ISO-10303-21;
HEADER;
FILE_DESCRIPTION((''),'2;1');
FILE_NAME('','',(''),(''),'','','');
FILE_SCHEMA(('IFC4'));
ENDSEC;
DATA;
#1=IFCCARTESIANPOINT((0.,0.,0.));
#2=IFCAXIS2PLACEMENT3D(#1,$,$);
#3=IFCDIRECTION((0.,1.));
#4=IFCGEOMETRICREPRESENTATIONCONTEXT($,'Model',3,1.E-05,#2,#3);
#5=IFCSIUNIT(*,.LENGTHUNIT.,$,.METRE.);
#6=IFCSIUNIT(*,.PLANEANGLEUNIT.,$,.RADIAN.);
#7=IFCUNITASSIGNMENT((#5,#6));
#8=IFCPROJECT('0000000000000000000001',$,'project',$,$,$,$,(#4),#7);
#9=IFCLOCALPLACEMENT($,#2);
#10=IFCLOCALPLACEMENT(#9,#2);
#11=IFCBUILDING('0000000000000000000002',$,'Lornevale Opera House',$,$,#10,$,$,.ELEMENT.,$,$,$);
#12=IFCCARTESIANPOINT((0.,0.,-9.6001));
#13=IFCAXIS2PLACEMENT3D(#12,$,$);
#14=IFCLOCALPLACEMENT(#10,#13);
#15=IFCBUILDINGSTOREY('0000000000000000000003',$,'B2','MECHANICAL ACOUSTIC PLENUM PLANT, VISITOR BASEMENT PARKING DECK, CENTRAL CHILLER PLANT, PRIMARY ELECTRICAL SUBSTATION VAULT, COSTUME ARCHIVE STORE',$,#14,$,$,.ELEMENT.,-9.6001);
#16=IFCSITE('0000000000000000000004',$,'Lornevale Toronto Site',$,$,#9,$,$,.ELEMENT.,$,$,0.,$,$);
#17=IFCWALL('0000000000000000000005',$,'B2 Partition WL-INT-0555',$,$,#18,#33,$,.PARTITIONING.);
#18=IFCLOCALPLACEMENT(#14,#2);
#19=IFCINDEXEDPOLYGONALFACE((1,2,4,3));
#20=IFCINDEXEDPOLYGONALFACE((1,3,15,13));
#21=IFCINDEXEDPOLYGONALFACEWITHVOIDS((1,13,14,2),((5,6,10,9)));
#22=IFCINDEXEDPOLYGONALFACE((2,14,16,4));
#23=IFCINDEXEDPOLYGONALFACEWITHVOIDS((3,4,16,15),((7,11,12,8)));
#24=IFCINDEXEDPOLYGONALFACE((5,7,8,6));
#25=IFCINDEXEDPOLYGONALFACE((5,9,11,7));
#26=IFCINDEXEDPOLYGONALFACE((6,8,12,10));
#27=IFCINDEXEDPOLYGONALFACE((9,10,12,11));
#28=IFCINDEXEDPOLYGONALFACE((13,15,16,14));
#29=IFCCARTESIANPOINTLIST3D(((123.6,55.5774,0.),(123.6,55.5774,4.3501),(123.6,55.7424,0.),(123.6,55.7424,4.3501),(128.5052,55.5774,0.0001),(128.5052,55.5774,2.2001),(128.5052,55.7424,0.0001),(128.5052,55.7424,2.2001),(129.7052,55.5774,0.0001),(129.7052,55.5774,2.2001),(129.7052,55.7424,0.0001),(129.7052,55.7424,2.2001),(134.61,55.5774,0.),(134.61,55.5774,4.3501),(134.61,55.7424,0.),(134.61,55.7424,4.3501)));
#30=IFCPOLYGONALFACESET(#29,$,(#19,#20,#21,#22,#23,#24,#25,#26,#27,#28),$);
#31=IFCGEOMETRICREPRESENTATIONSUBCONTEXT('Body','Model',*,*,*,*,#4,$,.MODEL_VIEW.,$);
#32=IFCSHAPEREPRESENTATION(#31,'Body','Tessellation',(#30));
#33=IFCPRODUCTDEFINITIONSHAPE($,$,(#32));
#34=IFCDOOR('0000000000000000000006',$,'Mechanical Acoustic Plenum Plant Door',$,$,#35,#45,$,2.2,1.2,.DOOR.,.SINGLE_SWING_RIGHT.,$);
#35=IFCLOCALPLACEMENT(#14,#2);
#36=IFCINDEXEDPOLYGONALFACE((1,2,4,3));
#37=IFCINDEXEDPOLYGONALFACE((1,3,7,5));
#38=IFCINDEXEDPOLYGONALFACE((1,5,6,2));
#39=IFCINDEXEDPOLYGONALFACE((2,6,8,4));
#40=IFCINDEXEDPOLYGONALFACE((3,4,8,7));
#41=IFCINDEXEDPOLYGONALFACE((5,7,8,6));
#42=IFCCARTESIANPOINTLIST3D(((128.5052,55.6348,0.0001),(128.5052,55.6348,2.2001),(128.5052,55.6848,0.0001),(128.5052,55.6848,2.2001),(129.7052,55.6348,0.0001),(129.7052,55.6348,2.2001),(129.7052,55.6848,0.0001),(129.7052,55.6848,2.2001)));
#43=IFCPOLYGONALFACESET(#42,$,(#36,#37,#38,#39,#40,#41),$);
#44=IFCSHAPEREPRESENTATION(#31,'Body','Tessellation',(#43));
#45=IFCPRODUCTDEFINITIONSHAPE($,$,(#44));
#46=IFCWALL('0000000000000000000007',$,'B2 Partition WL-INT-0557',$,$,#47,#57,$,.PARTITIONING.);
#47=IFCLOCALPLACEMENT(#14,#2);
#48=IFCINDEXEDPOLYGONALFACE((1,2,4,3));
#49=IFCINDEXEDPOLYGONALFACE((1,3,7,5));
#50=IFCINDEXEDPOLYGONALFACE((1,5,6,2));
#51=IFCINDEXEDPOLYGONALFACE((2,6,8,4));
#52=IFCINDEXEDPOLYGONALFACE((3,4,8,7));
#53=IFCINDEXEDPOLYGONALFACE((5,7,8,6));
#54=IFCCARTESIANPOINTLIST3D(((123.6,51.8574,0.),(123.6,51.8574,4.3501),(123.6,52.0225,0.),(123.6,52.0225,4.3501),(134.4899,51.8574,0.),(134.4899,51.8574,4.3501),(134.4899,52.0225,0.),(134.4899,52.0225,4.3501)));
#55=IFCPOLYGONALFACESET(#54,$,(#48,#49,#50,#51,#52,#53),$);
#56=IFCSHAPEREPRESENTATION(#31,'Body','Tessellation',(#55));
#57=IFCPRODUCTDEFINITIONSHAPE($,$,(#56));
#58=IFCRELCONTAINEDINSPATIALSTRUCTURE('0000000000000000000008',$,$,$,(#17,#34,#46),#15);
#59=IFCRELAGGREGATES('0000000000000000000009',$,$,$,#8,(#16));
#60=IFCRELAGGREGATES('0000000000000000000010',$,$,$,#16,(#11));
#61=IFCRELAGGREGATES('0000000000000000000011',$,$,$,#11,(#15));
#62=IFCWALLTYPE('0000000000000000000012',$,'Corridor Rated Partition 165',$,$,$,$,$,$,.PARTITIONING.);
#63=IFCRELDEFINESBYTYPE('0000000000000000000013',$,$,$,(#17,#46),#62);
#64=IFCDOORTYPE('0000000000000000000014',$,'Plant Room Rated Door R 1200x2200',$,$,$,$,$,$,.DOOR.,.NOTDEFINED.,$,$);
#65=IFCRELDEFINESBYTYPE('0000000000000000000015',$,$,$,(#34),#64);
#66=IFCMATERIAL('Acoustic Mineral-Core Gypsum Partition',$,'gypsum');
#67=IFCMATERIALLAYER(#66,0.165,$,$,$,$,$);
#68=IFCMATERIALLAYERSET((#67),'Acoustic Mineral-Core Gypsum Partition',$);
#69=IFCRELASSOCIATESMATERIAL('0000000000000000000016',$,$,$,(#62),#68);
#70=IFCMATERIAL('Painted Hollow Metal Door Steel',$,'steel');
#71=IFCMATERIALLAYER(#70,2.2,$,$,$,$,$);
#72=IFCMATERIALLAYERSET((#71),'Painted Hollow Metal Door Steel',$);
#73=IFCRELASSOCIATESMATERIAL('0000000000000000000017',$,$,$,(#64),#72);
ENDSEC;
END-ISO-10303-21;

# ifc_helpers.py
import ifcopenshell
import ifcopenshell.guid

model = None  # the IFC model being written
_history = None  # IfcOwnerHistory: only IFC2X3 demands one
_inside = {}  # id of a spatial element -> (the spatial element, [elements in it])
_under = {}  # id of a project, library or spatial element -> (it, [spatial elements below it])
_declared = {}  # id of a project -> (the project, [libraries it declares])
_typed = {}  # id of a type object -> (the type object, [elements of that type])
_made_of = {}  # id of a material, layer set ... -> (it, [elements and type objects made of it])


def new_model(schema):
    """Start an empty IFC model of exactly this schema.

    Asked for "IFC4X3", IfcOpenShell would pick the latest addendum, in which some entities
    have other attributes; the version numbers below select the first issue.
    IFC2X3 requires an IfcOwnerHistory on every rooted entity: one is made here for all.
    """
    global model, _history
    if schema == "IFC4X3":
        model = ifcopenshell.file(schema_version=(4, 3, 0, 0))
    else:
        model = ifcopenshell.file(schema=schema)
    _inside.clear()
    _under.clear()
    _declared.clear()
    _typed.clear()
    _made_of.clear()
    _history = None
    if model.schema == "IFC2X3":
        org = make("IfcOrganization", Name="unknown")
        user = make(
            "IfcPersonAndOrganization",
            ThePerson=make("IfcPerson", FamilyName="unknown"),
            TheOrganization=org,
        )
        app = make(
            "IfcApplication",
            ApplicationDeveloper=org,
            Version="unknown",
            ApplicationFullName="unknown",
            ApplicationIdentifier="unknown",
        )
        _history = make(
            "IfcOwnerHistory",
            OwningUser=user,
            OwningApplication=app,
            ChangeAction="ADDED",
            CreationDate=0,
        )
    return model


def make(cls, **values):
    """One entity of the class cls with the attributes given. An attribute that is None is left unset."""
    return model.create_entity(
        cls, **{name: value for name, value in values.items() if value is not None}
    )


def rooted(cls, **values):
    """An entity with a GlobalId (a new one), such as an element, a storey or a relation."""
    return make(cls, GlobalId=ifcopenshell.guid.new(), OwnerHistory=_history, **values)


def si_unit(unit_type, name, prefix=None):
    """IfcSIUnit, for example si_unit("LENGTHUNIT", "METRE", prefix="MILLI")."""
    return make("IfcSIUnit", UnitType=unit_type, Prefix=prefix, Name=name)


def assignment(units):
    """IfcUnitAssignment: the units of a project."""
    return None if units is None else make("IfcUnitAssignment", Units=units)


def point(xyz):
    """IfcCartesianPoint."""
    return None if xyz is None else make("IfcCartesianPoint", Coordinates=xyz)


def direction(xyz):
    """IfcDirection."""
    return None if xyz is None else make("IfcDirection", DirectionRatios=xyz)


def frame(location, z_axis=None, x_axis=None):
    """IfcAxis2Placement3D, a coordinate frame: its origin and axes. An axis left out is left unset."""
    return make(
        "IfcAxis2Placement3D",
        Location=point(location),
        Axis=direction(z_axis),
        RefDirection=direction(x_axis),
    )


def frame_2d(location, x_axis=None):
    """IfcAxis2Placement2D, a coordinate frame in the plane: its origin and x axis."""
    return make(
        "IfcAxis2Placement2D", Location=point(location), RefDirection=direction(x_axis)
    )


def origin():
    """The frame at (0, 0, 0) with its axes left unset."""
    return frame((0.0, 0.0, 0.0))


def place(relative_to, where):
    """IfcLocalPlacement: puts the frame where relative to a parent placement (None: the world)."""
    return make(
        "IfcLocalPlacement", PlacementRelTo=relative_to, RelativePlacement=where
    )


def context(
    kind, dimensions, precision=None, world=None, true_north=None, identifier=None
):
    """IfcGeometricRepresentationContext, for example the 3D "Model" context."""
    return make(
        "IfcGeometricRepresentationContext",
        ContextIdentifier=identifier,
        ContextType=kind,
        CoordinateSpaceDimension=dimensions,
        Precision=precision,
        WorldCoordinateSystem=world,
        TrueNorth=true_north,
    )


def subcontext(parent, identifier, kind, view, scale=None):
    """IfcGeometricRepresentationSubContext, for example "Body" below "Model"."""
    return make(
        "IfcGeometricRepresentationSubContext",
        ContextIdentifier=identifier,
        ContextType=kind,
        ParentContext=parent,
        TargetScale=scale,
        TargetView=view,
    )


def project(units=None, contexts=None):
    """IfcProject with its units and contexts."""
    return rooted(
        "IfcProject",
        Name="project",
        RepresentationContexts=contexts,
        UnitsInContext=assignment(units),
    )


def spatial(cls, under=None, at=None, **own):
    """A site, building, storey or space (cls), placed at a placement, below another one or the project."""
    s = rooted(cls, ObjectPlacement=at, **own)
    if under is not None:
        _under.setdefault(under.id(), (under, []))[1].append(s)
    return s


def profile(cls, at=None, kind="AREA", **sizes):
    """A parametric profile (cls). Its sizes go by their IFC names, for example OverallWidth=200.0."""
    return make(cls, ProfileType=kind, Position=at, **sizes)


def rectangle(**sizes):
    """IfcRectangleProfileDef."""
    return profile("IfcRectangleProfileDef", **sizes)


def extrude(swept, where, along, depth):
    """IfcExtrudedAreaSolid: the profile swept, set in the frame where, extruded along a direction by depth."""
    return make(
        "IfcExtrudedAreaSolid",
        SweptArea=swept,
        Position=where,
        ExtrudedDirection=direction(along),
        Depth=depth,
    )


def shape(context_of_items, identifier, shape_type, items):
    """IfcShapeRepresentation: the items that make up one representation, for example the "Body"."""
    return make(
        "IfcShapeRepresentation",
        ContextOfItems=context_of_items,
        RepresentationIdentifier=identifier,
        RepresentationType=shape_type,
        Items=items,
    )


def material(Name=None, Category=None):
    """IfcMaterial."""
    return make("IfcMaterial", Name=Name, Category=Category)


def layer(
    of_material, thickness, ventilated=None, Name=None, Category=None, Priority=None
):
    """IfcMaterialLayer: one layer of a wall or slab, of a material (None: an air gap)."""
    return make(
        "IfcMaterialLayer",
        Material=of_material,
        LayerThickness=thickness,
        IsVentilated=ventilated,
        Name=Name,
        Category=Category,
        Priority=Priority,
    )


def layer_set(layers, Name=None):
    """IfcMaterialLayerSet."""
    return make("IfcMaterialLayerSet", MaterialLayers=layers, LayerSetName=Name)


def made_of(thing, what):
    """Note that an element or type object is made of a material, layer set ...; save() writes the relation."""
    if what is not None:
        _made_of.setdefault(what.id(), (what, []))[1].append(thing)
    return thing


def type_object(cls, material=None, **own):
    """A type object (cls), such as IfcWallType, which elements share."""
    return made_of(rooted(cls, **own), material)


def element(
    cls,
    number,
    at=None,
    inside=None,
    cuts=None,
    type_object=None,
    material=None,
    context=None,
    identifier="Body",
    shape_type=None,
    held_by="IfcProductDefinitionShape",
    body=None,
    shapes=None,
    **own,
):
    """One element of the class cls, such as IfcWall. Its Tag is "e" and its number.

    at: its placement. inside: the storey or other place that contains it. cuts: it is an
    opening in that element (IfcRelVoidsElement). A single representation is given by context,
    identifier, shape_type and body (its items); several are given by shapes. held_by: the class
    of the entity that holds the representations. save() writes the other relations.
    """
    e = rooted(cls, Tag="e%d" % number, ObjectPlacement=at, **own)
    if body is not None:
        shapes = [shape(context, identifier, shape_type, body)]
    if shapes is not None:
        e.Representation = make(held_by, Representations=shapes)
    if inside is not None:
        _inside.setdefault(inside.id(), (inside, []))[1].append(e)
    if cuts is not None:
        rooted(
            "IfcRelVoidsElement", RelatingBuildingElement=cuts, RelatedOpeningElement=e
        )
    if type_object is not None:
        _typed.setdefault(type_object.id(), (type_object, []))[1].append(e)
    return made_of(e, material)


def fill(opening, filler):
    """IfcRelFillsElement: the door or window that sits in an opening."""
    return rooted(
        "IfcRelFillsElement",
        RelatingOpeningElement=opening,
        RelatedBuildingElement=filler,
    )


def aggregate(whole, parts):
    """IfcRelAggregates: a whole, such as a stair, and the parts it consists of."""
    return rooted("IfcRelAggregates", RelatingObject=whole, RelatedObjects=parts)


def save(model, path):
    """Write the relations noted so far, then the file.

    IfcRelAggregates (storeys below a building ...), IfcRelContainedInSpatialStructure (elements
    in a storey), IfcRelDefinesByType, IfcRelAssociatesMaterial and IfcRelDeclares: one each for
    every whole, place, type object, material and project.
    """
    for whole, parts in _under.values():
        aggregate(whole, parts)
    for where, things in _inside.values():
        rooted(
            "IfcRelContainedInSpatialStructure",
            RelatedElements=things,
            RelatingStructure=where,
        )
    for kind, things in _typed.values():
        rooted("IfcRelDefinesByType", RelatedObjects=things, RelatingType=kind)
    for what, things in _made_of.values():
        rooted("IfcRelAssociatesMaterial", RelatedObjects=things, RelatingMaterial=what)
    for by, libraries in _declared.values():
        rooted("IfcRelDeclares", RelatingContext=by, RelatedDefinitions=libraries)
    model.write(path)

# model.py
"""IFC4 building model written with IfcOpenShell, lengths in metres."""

from ifc_helpers import new_model, si_unit, direction, frame, frame_2d, origin, place, context, subcontext, project, spatial, rectangle, extrude, material, layer, layer_set, type_object, element, fill, save


model = new_model("IFC4")

# Units and contexts
model_context = context("Model", 3, precision=1e-05, world=origin(), true_north=direction((0.0, 1.0)))
body_context = subcontext(model_context, "Body", "Model", "MODEL_VIEW")
ifc_project = project(units=[si_unit("LENGTHUNIT", "METRE"), si_unit("PLANEANGLEUNIT", "RADIAN")], contexts=[model_context])

# Site, building, storey
site_placement = place(None, origin())
site = spatial("IfcSite", under=ifc_project, at=site_placement, Name="Lornevale Toronto Site", CompositionType="ELEMENT", RefElevation=0.0)
building_placement = place(site_placement, origin())
building = spatial("IfcBuilding", under=site, at=building_placement, Name="Lornevale Opera House", CompositionType="ELEMENT")
storey_placement = place(building_placement, frame((0.0, 0.0, -9.6001)))
storey = spatial("IfcBuildingStorey", under=building, at=storey_placement, Name="B2", Description="MECHANICAL ACOUSTIC PLENUM PLANT, VISITOR BASEMENT PARKING DECK, CENTRAL CHILLER PLANT, PRIMARY ELECTRICAL SUBSTATION VAULT, COSTUME ARCHIVE STORE", CompositionType="ELEMENT", Elevation=-9.6001)

# Wall, opening, door
ifc_material_1 = material(Name="Acoustic Mineral-Core Gypsum Partition", Category="gypsum")
ifc_layer_1 = layer(ifc_material_1, 0.165)
ifc_layer_set_1 = layer_set([ifc_layer_1], Name="Acoustic Mineral-Core Gypsum Partition")
wall_type_1 = type_object("IfcWallType", Name="Corridor Rated Partition 165", PredefinedType="PARTITIONING", material=ifc_layer_set_1)
wall_1_placement = place(storey_placement, frame((123.6001, 55.6599, 0.0), z_axis=(0.0, 0.0, 1.0), x_axis=(1.0, 0.0, 0.0)))
wall_1 = element("IfcWall", 1, at=wall_1_placement, inside=storey, type_object=wall_type_1, Name="B2 Partition WL-INT-0555", PredefinedType="PARTITIONING", context=body_context, shape_type="SweptSolid", body=[
    extrude(rectangle(XDim=11.01, YDim=0.165, at=frame_2d((5.5049, 0.0))), origin(), (0.0, 0.0, 1.0), 4.3501),
])
opening_placement = place(wall_1_placement, frame((4.905, 0.0, 0.0)))
opening = element("IfcOpeningElement", 2, at=opening_placement, cuts=wall_1, PredefinedType="OPENING", context=body_context, shape_type="SweptSolid", body=[
    extrude(rectangle(XDim=1.2, YDim=2.2, at=frame_2d((0.6001, 1.1001))), frame((0.0, 0.0925, 0.0), z_axis=(0.0, -1.0, 0.0), x_axis=(1.0, 0.0, 0.0)), (0.0, 0.0, 1.0), 0.1851),
])
ifc_material_2 = material(Name="Painted Hollow Metal Door Steel", Category="steel")
ifc_layer_2 = layer(ifc_material_2, 2.2)
ifc_layer_set_2 = layer_set([ifc_layer_2], Name="Painted Hollow Metal Door Steel")
door_type = type_object("IfcDoorType", Name="Plant Room Rated Door R 1200x2200", OperationType="NOTDEFINED", PredefinedType="DOOR", material=ifc_layer_set_2)
door_placement = place(opening_placement, origin())
door = element("IfcDoor", 3, at=door_placement, inside=storey, type_object=door_type, Name="Mechanical Acoustic Plenum Plant Door", OperationType="SINGLE_SWING_RIGHT", OverallHeight=2.2, OverallWidth=1.2, PredefinedType="DOOR", context=body_context, shape_type="SweptSolid", body=[
    extrude(rectangle(XDim=1.2, YDim=2.2, at=frame_2d((0.6001, 1.1001))), frame((0.0, 0.0249, 0.0), z_axis=(0.0, -1.0, 0.0), x_axis=(1.0, 0.0, 0.0)), (0.0, 0.0, 1.0), 0.05),
])
fill(opening, door)

# Wall
wall_2_placement = place(storey_placement, frame((123.6001, 51.9399, 0.0), z_axis=(0.0, 0.0, 1.0), x_axis=(1.0, 0.0, 0.0)))
element("IfcWall", 4, at=wall_2_placement, inside=storey, type_object=wall_type_1, Name="B2 Partition WL-INT-0557", PredefinedType="PARTITIONING", context=body_context, shape_type="SweptSolid", body=[
    extrude(rectangle(XDim=10.8899, YDim=0.165, at=frame_2d((5.4448, 0.0))), origin(), (0.0, 0.0, 1.0), 4.3501),
])

save(model, "model.ifc")
